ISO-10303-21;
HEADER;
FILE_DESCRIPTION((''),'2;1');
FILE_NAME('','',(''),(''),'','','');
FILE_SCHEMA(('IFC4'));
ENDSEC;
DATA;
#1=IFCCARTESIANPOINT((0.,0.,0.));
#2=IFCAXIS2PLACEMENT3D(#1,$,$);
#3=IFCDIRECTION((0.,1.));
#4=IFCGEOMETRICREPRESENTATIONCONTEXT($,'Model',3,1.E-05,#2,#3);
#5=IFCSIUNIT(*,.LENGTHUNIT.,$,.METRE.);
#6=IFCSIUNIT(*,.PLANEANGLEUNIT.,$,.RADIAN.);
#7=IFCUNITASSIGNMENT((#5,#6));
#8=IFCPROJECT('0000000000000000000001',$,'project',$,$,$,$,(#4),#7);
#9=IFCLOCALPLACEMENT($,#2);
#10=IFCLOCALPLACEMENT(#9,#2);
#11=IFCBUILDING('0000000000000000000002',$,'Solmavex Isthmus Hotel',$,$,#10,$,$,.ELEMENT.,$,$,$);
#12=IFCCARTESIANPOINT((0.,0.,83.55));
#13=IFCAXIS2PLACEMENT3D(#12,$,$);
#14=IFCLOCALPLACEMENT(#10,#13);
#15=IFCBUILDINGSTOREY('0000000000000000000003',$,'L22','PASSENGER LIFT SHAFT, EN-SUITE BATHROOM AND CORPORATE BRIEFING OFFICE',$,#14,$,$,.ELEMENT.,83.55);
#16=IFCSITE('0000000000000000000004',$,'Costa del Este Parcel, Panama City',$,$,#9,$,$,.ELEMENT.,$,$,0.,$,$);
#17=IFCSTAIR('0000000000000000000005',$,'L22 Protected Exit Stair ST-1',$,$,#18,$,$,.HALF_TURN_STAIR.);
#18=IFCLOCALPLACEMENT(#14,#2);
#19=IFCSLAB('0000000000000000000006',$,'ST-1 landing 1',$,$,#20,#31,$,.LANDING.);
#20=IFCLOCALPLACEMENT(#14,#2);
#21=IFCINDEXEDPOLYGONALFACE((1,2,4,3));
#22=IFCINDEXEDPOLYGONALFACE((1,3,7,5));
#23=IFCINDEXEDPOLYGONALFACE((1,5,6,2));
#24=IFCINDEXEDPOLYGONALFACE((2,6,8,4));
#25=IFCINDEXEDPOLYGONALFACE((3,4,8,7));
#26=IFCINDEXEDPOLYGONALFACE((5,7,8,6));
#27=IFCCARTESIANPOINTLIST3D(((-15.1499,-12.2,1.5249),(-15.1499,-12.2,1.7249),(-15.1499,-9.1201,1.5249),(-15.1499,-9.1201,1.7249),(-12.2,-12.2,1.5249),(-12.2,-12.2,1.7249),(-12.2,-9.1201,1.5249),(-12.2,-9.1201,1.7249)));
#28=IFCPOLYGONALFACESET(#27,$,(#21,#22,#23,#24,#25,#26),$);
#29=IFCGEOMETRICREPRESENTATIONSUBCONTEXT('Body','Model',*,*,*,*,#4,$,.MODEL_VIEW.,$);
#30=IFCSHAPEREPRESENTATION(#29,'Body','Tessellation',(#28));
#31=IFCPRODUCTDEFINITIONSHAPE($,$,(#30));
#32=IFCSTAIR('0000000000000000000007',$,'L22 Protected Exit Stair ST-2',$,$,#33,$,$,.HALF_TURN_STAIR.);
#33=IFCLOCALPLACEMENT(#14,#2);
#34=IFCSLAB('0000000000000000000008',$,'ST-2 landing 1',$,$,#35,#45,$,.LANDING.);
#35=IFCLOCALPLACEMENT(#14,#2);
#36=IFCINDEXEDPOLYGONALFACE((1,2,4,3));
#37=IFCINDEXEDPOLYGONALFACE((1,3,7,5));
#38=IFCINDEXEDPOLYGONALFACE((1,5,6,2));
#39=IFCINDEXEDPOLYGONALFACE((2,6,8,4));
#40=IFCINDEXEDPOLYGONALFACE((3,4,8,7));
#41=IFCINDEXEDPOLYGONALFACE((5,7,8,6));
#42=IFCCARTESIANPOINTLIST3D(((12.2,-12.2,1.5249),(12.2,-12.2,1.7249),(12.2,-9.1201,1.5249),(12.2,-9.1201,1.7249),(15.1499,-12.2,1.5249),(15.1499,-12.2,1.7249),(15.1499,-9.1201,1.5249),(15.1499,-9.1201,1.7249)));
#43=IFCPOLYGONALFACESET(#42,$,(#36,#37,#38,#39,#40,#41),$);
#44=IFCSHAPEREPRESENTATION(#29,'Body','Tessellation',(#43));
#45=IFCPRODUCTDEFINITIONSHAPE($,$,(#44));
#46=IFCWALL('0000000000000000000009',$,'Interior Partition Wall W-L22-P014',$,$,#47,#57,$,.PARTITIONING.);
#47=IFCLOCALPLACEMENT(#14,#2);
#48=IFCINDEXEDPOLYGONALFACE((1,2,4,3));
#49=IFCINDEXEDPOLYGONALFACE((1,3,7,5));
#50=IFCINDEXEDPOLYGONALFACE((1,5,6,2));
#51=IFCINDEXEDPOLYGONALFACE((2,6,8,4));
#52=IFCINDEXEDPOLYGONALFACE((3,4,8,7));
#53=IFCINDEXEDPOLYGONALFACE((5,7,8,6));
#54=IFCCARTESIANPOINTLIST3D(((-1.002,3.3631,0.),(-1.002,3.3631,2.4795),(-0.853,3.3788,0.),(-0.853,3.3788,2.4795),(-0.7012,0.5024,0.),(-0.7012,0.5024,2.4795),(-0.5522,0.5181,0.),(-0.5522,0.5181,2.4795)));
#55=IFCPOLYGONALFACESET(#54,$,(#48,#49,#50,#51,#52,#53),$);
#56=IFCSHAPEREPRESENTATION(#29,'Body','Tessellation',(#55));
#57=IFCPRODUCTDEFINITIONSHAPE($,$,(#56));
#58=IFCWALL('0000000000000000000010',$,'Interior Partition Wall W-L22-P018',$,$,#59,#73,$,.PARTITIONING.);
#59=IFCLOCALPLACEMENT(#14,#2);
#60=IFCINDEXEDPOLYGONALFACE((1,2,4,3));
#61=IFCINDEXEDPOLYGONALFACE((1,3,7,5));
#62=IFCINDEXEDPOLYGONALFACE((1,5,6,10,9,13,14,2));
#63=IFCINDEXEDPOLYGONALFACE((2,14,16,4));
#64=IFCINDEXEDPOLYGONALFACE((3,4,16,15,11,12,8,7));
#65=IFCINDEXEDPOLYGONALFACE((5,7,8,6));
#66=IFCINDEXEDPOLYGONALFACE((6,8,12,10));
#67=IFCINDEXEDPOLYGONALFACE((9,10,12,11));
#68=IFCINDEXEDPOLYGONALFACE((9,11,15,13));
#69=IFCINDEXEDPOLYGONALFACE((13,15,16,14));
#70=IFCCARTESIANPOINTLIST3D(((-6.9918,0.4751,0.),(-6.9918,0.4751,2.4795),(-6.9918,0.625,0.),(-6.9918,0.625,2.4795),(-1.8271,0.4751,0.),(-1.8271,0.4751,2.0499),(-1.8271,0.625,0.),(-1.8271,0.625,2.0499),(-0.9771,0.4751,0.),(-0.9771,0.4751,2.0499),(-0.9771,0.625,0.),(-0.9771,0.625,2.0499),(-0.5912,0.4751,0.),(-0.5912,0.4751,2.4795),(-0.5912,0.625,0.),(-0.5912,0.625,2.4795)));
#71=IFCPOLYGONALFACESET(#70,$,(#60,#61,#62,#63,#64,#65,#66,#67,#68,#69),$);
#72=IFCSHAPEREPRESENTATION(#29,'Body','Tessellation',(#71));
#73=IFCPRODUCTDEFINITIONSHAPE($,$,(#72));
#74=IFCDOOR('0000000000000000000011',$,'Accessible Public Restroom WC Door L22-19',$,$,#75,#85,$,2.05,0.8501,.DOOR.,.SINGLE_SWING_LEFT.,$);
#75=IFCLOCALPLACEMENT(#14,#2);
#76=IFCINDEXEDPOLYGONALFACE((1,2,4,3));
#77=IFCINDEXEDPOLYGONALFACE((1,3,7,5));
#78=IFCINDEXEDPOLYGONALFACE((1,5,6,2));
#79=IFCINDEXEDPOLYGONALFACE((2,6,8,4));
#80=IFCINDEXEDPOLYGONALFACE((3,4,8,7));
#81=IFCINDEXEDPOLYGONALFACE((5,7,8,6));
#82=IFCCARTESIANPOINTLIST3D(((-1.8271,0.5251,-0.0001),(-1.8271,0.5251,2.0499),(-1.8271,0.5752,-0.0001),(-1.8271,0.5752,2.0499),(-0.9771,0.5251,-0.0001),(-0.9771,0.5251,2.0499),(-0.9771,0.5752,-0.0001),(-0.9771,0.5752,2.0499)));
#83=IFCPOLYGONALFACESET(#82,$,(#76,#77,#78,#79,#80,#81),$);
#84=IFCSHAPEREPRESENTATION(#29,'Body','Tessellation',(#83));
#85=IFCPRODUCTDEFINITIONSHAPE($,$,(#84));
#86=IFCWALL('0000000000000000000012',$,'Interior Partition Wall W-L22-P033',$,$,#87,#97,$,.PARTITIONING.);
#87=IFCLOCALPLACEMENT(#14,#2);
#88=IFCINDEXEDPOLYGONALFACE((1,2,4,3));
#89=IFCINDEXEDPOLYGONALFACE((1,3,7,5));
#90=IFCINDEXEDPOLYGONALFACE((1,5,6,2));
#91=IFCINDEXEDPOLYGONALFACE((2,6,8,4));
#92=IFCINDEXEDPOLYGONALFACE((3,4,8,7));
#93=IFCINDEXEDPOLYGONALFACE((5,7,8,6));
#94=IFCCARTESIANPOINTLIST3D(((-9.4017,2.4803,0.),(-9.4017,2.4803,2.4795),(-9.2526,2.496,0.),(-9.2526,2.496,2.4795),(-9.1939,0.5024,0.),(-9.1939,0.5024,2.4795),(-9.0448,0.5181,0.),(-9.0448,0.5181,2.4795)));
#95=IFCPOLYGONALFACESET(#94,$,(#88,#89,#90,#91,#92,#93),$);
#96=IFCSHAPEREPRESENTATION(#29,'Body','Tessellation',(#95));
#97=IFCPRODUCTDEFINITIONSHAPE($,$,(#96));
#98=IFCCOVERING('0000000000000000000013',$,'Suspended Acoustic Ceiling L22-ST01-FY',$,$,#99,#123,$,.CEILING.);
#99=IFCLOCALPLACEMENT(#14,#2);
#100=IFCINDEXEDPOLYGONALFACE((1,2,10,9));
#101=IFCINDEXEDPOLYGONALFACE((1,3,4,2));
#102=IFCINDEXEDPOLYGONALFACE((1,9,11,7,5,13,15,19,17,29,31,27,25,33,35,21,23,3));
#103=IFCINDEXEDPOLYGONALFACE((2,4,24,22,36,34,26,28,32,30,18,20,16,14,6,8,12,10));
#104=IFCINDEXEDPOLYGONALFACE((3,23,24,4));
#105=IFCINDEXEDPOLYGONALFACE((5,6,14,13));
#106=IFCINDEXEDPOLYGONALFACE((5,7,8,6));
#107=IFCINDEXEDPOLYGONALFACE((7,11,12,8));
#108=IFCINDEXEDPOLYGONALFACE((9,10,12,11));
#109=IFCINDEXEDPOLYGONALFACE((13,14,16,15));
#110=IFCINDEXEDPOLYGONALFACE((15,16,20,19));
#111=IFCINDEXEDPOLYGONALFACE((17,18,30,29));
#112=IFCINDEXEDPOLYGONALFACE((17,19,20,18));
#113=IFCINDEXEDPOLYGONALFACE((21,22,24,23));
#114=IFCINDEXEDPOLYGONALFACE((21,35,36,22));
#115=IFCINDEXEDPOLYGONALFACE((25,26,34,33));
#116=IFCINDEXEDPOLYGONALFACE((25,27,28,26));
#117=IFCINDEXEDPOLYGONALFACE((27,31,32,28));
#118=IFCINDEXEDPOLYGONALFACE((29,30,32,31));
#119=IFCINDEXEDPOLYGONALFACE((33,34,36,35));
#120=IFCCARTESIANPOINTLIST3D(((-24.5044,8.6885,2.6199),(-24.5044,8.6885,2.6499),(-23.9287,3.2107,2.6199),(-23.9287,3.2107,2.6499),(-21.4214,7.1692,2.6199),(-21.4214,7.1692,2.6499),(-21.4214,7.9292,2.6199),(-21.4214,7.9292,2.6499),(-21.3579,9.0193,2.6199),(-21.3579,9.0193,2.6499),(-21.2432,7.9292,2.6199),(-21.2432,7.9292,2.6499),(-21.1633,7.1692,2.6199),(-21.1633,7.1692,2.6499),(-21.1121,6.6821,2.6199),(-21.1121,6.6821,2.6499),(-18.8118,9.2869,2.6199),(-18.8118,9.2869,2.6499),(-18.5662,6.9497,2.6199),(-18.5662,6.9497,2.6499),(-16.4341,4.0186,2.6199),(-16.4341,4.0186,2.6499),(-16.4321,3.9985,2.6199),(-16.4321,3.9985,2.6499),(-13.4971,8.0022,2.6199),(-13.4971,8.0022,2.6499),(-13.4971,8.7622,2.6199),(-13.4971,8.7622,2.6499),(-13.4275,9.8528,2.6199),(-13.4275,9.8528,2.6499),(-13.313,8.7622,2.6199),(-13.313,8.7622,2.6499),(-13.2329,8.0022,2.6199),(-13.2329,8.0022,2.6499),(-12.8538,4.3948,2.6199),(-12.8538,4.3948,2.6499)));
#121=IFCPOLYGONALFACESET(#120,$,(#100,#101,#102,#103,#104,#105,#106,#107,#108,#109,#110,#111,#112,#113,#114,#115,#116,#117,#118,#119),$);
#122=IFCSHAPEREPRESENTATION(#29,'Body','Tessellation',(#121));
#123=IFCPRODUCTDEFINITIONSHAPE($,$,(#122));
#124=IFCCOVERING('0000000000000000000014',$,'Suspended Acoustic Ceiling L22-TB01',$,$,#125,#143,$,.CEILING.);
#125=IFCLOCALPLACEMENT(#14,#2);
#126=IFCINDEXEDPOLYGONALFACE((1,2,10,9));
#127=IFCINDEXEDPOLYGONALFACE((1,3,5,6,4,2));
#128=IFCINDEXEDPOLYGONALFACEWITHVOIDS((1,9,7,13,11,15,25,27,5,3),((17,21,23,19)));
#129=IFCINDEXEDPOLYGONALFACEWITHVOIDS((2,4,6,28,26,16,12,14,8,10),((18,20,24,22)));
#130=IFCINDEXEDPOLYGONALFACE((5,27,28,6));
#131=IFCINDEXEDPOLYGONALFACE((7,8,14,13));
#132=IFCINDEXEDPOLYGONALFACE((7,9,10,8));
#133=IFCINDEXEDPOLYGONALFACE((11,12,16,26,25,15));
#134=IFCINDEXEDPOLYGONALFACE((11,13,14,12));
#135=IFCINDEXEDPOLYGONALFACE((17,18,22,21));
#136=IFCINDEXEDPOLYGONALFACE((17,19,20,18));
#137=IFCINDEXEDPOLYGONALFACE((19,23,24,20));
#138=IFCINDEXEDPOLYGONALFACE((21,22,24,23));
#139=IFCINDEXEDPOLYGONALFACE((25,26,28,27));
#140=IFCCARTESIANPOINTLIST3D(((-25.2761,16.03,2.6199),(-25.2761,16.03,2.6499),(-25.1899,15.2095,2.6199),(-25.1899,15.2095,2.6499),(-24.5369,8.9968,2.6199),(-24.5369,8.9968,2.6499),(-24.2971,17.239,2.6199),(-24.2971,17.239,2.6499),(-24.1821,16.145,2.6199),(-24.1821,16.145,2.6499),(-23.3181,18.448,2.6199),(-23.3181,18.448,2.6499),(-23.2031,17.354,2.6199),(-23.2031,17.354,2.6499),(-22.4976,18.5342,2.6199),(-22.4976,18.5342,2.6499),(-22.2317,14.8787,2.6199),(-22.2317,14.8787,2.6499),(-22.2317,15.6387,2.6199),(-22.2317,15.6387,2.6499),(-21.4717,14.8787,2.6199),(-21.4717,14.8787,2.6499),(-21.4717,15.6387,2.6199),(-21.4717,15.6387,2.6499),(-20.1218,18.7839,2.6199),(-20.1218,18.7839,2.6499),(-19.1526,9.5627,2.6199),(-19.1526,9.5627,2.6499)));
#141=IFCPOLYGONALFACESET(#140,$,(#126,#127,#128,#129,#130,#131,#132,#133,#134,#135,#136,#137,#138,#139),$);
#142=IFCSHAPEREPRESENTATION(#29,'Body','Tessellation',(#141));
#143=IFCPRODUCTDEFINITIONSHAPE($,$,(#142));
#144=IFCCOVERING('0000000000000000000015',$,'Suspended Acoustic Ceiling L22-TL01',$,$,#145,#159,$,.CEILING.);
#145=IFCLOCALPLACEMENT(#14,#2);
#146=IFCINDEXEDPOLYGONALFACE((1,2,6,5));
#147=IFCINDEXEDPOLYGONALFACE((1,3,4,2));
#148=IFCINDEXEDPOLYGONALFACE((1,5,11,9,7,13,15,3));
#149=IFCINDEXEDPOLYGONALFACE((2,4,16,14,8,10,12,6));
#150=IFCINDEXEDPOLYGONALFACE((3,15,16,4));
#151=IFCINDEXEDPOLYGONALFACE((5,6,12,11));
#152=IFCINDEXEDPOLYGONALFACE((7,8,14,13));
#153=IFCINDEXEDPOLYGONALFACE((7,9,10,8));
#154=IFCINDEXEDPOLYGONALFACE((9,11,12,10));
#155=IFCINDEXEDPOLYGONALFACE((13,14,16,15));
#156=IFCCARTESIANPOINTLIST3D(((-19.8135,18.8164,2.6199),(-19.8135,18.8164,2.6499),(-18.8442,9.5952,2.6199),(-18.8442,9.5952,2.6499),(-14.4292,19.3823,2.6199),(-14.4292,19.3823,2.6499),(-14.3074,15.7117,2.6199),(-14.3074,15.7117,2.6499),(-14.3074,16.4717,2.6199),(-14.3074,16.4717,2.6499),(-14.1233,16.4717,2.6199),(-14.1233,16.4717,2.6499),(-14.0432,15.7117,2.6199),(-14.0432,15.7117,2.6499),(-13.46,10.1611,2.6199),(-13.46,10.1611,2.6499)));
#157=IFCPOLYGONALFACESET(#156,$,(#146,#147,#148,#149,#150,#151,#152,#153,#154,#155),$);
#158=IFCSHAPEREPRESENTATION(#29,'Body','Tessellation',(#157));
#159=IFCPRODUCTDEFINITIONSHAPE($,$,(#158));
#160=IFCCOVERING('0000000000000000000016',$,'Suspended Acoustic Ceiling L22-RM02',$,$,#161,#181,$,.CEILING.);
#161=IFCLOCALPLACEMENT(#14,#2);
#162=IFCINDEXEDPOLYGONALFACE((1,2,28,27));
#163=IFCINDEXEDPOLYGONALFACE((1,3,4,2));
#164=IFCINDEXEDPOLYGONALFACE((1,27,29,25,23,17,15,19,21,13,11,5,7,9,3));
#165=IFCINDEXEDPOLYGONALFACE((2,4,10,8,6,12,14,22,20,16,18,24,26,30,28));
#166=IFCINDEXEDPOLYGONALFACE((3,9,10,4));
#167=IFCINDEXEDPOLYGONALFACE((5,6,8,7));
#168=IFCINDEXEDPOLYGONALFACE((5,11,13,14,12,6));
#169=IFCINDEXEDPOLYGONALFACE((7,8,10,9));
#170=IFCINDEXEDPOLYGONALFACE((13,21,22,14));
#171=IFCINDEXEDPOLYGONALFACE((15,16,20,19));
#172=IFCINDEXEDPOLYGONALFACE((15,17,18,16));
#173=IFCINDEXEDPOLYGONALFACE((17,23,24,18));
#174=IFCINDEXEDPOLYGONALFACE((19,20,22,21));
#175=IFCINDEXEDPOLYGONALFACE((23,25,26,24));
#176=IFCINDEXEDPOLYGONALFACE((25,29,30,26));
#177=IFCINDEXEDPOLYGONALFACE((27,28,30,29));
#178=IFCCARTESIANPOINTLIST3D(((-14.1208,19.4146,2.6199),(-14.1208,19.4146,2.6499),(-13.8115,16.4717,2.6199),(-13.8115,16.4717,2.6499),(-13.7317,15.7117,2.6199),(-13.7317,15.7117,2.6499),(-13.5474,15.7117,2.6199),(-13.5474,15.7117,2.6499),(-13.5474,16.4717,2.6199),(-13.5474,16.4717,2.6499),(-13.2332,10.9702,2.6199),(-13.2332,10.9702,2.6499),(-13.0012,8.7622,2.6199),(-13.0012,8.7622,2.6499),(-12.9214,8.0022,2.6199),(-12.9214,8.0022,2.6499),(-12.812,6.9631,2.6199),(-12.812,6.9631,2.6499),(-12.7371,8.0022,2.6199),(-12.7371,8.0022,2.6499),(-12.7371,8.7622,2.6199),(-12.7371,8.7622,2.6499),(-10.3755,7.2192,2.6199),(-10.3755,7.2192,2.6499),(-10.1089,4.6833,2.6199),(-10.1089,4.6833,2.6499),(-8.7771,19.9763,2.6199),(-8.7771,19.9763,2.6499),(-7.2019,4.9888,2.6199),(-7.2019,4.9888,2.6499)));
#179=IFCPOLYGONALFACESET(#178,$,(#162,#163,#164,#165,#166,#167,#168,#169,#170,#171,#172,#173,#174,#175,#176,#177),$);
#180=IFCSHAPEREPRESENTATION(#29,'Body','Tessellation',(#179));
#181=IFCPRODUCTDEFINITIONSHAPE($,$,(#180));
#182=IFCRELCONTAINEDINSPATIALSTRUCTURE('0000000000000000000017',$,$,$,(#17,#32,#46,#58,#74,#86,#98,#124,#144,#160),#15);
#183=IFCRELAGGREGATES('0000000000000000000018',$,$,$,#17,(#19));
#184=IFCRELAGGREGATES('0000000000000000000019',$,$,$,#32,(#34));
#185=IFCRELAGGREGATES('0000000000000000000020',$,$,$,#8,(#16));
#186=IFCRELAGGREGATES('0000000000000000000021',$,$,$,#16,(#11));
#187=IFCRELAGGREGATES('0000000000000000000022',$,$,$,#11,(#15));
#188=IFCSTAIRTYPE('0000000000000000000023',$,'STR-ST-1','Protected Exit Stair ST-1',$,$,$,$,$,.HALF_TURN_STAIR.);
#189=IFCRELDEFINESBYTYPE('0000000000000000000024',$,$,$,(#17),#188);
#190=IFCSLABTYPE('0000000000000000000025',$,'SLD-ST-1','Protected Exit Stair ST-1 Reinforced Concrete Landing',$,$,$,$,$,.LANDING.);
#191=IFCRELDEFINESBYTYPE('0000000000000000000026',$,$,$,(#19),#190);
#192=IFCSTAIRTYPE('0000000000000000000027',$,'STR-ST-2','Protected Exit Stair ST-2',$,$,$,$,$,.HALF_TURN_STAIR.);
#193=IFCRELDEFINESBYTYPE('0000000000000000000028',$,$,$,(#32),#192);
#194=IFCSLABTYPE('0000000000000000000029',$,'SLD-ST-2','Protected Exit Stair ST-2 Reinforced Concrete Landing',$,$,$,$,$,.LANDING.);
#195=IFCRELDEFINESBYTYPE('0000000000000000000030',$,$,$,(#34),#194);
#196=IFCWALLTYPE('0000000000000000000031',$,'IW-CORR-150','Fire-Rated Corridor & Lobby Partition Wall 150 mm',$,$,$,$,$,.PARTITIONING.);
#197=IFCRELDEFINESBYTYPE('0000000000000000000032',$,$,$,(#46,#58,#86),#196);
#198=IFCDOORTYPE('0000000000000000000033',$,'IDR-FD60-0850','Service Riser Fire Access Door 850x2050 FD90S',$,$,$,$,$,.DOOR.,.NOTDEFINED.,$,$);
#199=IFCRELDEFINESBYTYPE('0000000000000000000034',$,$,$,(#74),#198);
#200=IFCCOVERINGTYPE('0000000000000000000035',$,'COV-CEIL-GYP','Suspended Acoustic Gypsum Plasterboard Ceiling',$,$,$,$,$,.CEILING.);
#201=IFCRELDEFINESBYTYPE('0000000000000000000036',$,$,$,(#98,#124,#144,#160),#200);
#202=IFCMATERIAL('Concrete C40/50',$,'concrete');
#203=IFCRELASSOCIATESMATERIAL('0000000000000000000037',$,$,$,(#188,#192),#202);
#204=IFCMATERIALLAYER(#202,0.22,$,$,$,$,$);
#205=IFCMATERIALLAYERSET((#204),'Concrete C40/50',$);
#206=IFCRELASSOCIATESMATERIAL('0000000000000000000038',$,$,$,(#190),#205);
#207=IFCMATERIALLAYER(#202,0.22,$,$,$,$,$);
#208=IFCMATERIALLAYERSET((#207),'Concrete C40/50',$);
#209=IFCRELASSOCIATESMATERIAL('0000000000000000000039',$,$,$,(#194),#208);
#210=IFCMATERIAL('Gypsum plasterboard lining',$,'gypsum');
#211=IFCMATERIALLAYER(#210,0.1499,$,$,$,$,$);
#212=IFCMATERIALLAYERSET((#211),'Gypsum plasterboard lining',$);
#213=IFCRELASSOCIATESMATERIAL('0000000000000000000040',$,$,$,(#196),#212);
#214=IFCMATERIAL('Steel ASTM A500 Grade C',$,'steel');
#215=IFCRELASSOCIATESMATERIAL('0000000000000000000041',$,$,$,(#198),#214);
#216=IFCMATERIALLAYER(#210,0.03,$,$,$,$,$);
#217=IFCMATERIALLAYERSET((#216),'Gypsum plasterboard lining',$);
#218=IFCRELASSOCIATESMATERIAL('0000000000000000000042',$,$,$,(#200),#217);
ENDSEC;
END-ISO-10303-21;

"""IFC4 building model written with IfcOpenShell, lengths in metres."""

from ifc_helpers import new_model, si_unit, direction, frame, frame_2d, origin, place, context, subcontext, project, spatial, polyline, rectangle, outline, extrude, material, layer, layer_set, type_object, element, fill, aggregate, save


model = new_model("IFC4")

# Units and contexts
model_context = context("Model", 3, precision=1e-05, world=origin(), true_north=direction((0.0, 1.0)))
body_context = subcontext(model_context, "Body", "Model", "MODEL_VIEW")
ifc_project = project(units=[si_unit("LENGTHUNIT", "METRE"), si_unit("PLANEANGLEUNIT", "RADIAN")], contexts=[model_context])

# Site, building, storey
site_placement = place(None, origin())
site = spatial("IfcSite", under=ifc_project, at=site_placement, Name="Costa del Este Parcel, Panama City", CompositionType="ELEMENT", RefElevation=0.0)
building_placement = place(site_placement, origin())
building = spatial("IfcBuilding", under=site, at=building_placement, Name="Solmavex Isthmus Hotel", CompositionType="ELEMENT")
storey_placement = place(building_placement, frame((0.0, 0.0, 83.55)))
storey = spatial("IfcBuildingStorey", under=building, at=storey_placement, Name="L22", Description="PASSENGER LIFT SHAFT, EN-SUITE BATHROOM AND CORPORATE BRIEFING OFFICE", CompositionType="ELEMENT", Elevation=83.55)

# Stairs, slabs
ifc_material_1 = material(Name="Concrete C40/50", Category="concrete")
stair_type_1 = type_object("IfcStairType", Name="STR-ST-1", Description="Protected Exit Stair ST-1", PredefinedType="HALF_TURN_STAIR", material=ifc_material_1)
stair_1_placement = place(storey_placement, origin())
stair_1 = element("IfcStair", 1, at=stair_1_placement, inside=storey, type_object=stair_type_1, Name="L22 Protected Exit Stair ST-1", PredefinedType="HALF_TURN_STAIR")
ifc_layer_1 = layer(ifc_material_1, 0.22)
ifc_layer_set_1 = layer_set([ifc_layer_1], Name="Concrete C40/50")
slab_type_1 = type_object("IfcSlabType", Name="SLD-ST-1", Description="Protected Exit Stair ST-1 Reinforced Concrete Landing", PredefinedType="LANDING", material=ifc_layer_set_1)
slab_1_placement = place(storey_placement, frame((0.0, 0.0, 1.5249)))
slab_1 = element("IfcSlab", 2, at=slab_1_placement, type_object=slab_type_1, Name="ST-1 landing 1", PredefinedType="LANDING", context=body_context, shape_type="SweptSolid", body=[
    extrude(outline(polyline([(-15.1499, -9.1201), (-15.1499, -12.2), (-12.2, -12.2), (-12.2, -9.1201), (-15.1499, -9.1201)])), origin(), (0.0, 0.0, 1.0), 0.2),
])
aggregate(stair_1, [slab_1])
stair_type_2 = type_object("IfcStairType", Name="STR-ST-2", Description="Protected Exit Stair ST-2", PredefinedType="HALF_TURN_STAIR", material=ifc_material_1)
stair_2_placement = place(storey_placement, origin())
stair_2 = element("IfcStair", 3, at=stair_2_placement, inside=storey, type_object=stair_type_2, Name="L22 Protected Exit Stair ST-2", PredefinedType="HALF_TURN_STAIR")
ifc_layer_2 = layer(ifc_material_1, 0.22)
ifc_layer_set_2 = layer_set([ifc_layer_2], Name="Concrete C40/50")
slab_type_2 = type_object("IfcSlabType", Name="SLD-ST-2", Description="Protected Exit Stair ST-2 Reinforced Concrete Landing", PredefinedType="LANDING", material=ifc_layer_set_2)
slab_2_placement = place(storey_placement, frame((0.0, 0.0, 1.5249)))
slab_2 = element("IfcSlab", 4, at=slab_2_placement, type_object=slab_type_2, Name="ST-2 landing 1", PredefinedType="LANDING", context=body_context, shape_type="SweptSolid", body=[
    extrude(outline(polyline([(12.2, -9.1201), (12.2, -12.2), (15.1499, -12.2), (15.1499, -9.1201), (12.2, -9.1201)])), origin(), (0.0, 0.0, 1.0), 0.2),
])
aggregate(stair_2, [slab_2])

# Wall
ifc_material_2 = material(Name="Gypsum plasterboard lining", Category="gypsum")
ifc_layer_3 = layer(ifc_material_2, 0.1499)
ifc_layer_set_3 = layer_set([ifc_layer_3], Name="Gypsum plasterboard lining")
wall_type = type_object("IfcWallType", Name="IW-CORR-150", Description="Fire-Rated Corridor & Lobby Partition Wall 150 mm", PredefinedType="PARTITIONING", material=ifc_layer_set_3)
wall_1_placement = place(storey_placement, frame((-0.6267, 0.5103, 0.0), z_axis=(0.0, 0.0, 1.0), x_axis=(-0.10457, 0.994518, 0.0)))
element("IfcWall", 5, at=wall_1_placement, inside=storey, type_object=wall_type, Name="Interior Partition Wall W-L22-P014", PredefinedType="PARTITIONING", context=body_context, shape_type="SweptSolid", body=[
    extrude(rectangle(XDim=2.8765, YDim=0.1499, at=frame_2d((1.4382, 0.0))), origin(), (0.0, 0.0, 1.0), 2.4795),
])

# Wall, opening, door
wall_2_placement = place(storey_placement, frame((-6.9917, 0.55, 0.0), z_axis=(0.0, 0.0, 1.0), x_axis=(1.0, 0.0, 0.0)))
wall_2 = element("IfcWall", 6, at=wall_2_placement, inside=storey, type_object=wall_type, Name="Interior Partition Wall W-L22-P018", PredefinedType="PARTITIONING", context=body_context, shape_type="SweptSolid", body=[
    extrude(rectangle(XDim=6.4006, YDim=0.1499, at=frame_2d((3.2002, 0.0))), origin(), (0.0, 0.0, 1.0), 2.4795),
])
opening_placement = place(wall_2_placement, frame((5.1646, 0.0, 0.0)))
opening = element("IfcOpeningElement", 7, at=opening_placement, cuts=wall_2, PredefinedType="OPENING", context=body_context, shape_type="SweptSolid", body=[
    extrude(rectangle(XDim=0.8501, YDim=2.05, at=frame_2d((0.425, 1.0249))), frame((0.0, 0.085, 0.0), z_axis=(0.0, -1.0, 0.0), x_axis=(1.0, 0.0, 0.0)), (0.0, 0.0, 1.0), 0.1699),
])
ifc_material_3 = material(Name="Steel ASTM A500 Grade C", Category="steel")
door_type = type_object("IfcDoorType", Name="IDR-FD60-0850", Description="Service Riser Fire Access Door 850x2050 FD90S", OperationType="NOTDEFINED", PredefinedType="DOOR", material=ifc_material_3)
door_placement = place(opening_placement, frame((0.8501, 0.0, 0.0), z_axis=(0.0, 0.0, 1.0), x_axis=(-1.0, 0.0, 0.0)))
door = element("IfcDoor", 8, at=door_placement, inside=storey, type_object=door_type, Name="Accessible Public Restroom WC Door L22-19", OperationType="SINGLE_SWING_LEFT", OverallHeight=2.05, OverallWidth=0.8501, PredefinedType="DOOR", context=body_context, shape_type="SweptSolid", body=[
    extrude(rectangle(XDim=0.8501, YDim=2.05, at=frame_2d((0.425, 1.0249))), frame((0.0, 0.0249, 0.0), z_axis=(0.0, -1.0, 0.0), x_axis=(1.0, 0.0, 0.0)), (0.0, 0.0, 1.0), 0.05),
])
fill(opening, door)

# Wall
wall_3_placement = place(storey_placement, frame((-9.1194, 0.5103, 0.0), z_axis=(0.0, 0.0, 1.0), x_axis=(-0.104474, 0.994528, 0.0)))
element("IfcWall", 9, at=wall_3_placement, inside=storey, type_object=wall_type, Name="Interior Partition Wall W-L22-P033", PredefinedType="PARTITIONING", context=body_context, shape_type="SweptSolid", body=[
    extrude(rectangle(XDim=1.9888, YDim=0.1499, at=frame_2d((0.9944, 0.0))), origin(), (0.0, 0.0, 1.0), 2.4795),
])

# Coverings
ifc_layer_4 = layer(ifc_material_2, 0.03)
ifc_layer_set_4 = layer_set([ifc_layer_4], Name="Gypsum plasterboard lining")
covering_type_1 = type_object("IfcCoveringType", Name="COV-CEIL-GYP", Description="Suspended Acoustic Gypsum Plasterboard Ceiling", PredefinedType="CEILING", material=ifc_layer_set_4)
covering_1_placement = place(storey_placement, frame((0.0, 0.0, 2.6199)))
element("IfcCovering", 10, at=covering_1_placement, inside=storey, type_object=covering_type_1, Name="Suspended Acoustic Ceiling L22-ST01-FY", PredefinedType="CEILING", context=body_context, shape_type="SweptSolid", body=[
    extrude(outline(polyline([(-21.1633, 7.1692), (-21.4214, 7.1692), (-21.4214, 7.9292), (-21.2432, 7.9292), (-21.3579, 9.0193), (-24.5044, 8.6885), (-23.9287, 3.2107), (-16.4321, 3.9985), (-16.4341, 4.0186), (-12.8538, 4.3948), (-13.2329, 8.0022), (-13.4971, 8.0022), (-13.4971, 8.7622), (-13.313, 8.7622), (-13.4275, 9.8528), (-18.8118, 9.2869), (-18.5662, 6.9497), (-21.1121, 6.6821), (-21.1633, 7.1692)])), origin(), (0.0, 0.0, 1.0), 0.03),
])
covering_2_placement = place(storey_placement, frame((0.0, 0.0, 2.6199)))
element("IfcCovering", 11, at=covering_2_placement, inside=storey, type_object=covering_type_1, Name="Suspended Acoustic Ceiling L22-TB01", PredefinedType="CEILING", context=body_context, shape_type="SweptSolid", body=[
    extrude(outline(polyline([(-25.2761, 16.03), (-25.1899, 15.2095), (-24.5369, 8.9968), (-19.1526, 9.5627), (-20.1218, 18.7839), (-22.4976, 18.5342), (-23.3181, 18.448), (-23.2031, 17.354), (-24.2971, 17.239), (-24.1821, 16.145), (-25.2761, 16.03)]), holes=[polyline([(-22.2317, 14.8787), (-22.2317, 15.6387), (-21.4717, 15.6387), (-21.4717, 14.8787), (-22.2317, 14.8787)])]), origin(), (0.0, 0.0, 1.0), 0.03),
])
covering_3_placement = place(storey_placement, frame((0.0, 0.0, 2.6199)))
element("IfcCovering", 12, at=covering_3_placement, inside=storey, type_object=covering_type_1, Name="Suspended Acoustic Ceiling L22-TL01", PredefinedType="CEILING", context=body_context, shape_type="SweptSolid", body=[
    extrude(outline(polyline([(-14.0432, 15.7117), (-14.3074, 15.7117), (-14.3074, 16.4717), (-14.1233, 16.4717), (-14.4292, 19.3823), (-19.8135, 18.8164), (-18.8442, 9.5952), (-13.46, 10.1611), (-14.0432, 15.7117)])), origin(), (0.0, 0.0, 1.0), 0.03),
])
covering_4_placement = place(storey_placement, frame((0.0, 0.0, 2.6199)))
element("IfcCovering", 13, at=covering_4_placement, inside=storey, type_object=covering_type_1, Name="Suspended Acoustic Ceiling L22-RM02", PredefinedType="CEILING", context=body_context, shape_type="SweptSolid", body=[
    extrude(outline(polyline([(-13.8115, 16.4717), (-13.5474, 16.4717), (-13.5474, 15.7117), (-13.7317, 15.7117), (-13.2332, 10.9702), (-13.0012, 8.7622), (-12.7371, 8.7622), (-12.7371, 8.0022), (-12.9214, 8.0022), (-12.812, 6.9631), (-10.3755, 7.2192), (-10.1089, 4.6833), (-7.2019, 4.9888), (-8.7771, 19.9763), (-14.1208, 19.4146), (-13.8115, 16.4717)])), origin(), (0.0, 0.0, 1.0), 0.03),
])

save(model, "model.ifc")
